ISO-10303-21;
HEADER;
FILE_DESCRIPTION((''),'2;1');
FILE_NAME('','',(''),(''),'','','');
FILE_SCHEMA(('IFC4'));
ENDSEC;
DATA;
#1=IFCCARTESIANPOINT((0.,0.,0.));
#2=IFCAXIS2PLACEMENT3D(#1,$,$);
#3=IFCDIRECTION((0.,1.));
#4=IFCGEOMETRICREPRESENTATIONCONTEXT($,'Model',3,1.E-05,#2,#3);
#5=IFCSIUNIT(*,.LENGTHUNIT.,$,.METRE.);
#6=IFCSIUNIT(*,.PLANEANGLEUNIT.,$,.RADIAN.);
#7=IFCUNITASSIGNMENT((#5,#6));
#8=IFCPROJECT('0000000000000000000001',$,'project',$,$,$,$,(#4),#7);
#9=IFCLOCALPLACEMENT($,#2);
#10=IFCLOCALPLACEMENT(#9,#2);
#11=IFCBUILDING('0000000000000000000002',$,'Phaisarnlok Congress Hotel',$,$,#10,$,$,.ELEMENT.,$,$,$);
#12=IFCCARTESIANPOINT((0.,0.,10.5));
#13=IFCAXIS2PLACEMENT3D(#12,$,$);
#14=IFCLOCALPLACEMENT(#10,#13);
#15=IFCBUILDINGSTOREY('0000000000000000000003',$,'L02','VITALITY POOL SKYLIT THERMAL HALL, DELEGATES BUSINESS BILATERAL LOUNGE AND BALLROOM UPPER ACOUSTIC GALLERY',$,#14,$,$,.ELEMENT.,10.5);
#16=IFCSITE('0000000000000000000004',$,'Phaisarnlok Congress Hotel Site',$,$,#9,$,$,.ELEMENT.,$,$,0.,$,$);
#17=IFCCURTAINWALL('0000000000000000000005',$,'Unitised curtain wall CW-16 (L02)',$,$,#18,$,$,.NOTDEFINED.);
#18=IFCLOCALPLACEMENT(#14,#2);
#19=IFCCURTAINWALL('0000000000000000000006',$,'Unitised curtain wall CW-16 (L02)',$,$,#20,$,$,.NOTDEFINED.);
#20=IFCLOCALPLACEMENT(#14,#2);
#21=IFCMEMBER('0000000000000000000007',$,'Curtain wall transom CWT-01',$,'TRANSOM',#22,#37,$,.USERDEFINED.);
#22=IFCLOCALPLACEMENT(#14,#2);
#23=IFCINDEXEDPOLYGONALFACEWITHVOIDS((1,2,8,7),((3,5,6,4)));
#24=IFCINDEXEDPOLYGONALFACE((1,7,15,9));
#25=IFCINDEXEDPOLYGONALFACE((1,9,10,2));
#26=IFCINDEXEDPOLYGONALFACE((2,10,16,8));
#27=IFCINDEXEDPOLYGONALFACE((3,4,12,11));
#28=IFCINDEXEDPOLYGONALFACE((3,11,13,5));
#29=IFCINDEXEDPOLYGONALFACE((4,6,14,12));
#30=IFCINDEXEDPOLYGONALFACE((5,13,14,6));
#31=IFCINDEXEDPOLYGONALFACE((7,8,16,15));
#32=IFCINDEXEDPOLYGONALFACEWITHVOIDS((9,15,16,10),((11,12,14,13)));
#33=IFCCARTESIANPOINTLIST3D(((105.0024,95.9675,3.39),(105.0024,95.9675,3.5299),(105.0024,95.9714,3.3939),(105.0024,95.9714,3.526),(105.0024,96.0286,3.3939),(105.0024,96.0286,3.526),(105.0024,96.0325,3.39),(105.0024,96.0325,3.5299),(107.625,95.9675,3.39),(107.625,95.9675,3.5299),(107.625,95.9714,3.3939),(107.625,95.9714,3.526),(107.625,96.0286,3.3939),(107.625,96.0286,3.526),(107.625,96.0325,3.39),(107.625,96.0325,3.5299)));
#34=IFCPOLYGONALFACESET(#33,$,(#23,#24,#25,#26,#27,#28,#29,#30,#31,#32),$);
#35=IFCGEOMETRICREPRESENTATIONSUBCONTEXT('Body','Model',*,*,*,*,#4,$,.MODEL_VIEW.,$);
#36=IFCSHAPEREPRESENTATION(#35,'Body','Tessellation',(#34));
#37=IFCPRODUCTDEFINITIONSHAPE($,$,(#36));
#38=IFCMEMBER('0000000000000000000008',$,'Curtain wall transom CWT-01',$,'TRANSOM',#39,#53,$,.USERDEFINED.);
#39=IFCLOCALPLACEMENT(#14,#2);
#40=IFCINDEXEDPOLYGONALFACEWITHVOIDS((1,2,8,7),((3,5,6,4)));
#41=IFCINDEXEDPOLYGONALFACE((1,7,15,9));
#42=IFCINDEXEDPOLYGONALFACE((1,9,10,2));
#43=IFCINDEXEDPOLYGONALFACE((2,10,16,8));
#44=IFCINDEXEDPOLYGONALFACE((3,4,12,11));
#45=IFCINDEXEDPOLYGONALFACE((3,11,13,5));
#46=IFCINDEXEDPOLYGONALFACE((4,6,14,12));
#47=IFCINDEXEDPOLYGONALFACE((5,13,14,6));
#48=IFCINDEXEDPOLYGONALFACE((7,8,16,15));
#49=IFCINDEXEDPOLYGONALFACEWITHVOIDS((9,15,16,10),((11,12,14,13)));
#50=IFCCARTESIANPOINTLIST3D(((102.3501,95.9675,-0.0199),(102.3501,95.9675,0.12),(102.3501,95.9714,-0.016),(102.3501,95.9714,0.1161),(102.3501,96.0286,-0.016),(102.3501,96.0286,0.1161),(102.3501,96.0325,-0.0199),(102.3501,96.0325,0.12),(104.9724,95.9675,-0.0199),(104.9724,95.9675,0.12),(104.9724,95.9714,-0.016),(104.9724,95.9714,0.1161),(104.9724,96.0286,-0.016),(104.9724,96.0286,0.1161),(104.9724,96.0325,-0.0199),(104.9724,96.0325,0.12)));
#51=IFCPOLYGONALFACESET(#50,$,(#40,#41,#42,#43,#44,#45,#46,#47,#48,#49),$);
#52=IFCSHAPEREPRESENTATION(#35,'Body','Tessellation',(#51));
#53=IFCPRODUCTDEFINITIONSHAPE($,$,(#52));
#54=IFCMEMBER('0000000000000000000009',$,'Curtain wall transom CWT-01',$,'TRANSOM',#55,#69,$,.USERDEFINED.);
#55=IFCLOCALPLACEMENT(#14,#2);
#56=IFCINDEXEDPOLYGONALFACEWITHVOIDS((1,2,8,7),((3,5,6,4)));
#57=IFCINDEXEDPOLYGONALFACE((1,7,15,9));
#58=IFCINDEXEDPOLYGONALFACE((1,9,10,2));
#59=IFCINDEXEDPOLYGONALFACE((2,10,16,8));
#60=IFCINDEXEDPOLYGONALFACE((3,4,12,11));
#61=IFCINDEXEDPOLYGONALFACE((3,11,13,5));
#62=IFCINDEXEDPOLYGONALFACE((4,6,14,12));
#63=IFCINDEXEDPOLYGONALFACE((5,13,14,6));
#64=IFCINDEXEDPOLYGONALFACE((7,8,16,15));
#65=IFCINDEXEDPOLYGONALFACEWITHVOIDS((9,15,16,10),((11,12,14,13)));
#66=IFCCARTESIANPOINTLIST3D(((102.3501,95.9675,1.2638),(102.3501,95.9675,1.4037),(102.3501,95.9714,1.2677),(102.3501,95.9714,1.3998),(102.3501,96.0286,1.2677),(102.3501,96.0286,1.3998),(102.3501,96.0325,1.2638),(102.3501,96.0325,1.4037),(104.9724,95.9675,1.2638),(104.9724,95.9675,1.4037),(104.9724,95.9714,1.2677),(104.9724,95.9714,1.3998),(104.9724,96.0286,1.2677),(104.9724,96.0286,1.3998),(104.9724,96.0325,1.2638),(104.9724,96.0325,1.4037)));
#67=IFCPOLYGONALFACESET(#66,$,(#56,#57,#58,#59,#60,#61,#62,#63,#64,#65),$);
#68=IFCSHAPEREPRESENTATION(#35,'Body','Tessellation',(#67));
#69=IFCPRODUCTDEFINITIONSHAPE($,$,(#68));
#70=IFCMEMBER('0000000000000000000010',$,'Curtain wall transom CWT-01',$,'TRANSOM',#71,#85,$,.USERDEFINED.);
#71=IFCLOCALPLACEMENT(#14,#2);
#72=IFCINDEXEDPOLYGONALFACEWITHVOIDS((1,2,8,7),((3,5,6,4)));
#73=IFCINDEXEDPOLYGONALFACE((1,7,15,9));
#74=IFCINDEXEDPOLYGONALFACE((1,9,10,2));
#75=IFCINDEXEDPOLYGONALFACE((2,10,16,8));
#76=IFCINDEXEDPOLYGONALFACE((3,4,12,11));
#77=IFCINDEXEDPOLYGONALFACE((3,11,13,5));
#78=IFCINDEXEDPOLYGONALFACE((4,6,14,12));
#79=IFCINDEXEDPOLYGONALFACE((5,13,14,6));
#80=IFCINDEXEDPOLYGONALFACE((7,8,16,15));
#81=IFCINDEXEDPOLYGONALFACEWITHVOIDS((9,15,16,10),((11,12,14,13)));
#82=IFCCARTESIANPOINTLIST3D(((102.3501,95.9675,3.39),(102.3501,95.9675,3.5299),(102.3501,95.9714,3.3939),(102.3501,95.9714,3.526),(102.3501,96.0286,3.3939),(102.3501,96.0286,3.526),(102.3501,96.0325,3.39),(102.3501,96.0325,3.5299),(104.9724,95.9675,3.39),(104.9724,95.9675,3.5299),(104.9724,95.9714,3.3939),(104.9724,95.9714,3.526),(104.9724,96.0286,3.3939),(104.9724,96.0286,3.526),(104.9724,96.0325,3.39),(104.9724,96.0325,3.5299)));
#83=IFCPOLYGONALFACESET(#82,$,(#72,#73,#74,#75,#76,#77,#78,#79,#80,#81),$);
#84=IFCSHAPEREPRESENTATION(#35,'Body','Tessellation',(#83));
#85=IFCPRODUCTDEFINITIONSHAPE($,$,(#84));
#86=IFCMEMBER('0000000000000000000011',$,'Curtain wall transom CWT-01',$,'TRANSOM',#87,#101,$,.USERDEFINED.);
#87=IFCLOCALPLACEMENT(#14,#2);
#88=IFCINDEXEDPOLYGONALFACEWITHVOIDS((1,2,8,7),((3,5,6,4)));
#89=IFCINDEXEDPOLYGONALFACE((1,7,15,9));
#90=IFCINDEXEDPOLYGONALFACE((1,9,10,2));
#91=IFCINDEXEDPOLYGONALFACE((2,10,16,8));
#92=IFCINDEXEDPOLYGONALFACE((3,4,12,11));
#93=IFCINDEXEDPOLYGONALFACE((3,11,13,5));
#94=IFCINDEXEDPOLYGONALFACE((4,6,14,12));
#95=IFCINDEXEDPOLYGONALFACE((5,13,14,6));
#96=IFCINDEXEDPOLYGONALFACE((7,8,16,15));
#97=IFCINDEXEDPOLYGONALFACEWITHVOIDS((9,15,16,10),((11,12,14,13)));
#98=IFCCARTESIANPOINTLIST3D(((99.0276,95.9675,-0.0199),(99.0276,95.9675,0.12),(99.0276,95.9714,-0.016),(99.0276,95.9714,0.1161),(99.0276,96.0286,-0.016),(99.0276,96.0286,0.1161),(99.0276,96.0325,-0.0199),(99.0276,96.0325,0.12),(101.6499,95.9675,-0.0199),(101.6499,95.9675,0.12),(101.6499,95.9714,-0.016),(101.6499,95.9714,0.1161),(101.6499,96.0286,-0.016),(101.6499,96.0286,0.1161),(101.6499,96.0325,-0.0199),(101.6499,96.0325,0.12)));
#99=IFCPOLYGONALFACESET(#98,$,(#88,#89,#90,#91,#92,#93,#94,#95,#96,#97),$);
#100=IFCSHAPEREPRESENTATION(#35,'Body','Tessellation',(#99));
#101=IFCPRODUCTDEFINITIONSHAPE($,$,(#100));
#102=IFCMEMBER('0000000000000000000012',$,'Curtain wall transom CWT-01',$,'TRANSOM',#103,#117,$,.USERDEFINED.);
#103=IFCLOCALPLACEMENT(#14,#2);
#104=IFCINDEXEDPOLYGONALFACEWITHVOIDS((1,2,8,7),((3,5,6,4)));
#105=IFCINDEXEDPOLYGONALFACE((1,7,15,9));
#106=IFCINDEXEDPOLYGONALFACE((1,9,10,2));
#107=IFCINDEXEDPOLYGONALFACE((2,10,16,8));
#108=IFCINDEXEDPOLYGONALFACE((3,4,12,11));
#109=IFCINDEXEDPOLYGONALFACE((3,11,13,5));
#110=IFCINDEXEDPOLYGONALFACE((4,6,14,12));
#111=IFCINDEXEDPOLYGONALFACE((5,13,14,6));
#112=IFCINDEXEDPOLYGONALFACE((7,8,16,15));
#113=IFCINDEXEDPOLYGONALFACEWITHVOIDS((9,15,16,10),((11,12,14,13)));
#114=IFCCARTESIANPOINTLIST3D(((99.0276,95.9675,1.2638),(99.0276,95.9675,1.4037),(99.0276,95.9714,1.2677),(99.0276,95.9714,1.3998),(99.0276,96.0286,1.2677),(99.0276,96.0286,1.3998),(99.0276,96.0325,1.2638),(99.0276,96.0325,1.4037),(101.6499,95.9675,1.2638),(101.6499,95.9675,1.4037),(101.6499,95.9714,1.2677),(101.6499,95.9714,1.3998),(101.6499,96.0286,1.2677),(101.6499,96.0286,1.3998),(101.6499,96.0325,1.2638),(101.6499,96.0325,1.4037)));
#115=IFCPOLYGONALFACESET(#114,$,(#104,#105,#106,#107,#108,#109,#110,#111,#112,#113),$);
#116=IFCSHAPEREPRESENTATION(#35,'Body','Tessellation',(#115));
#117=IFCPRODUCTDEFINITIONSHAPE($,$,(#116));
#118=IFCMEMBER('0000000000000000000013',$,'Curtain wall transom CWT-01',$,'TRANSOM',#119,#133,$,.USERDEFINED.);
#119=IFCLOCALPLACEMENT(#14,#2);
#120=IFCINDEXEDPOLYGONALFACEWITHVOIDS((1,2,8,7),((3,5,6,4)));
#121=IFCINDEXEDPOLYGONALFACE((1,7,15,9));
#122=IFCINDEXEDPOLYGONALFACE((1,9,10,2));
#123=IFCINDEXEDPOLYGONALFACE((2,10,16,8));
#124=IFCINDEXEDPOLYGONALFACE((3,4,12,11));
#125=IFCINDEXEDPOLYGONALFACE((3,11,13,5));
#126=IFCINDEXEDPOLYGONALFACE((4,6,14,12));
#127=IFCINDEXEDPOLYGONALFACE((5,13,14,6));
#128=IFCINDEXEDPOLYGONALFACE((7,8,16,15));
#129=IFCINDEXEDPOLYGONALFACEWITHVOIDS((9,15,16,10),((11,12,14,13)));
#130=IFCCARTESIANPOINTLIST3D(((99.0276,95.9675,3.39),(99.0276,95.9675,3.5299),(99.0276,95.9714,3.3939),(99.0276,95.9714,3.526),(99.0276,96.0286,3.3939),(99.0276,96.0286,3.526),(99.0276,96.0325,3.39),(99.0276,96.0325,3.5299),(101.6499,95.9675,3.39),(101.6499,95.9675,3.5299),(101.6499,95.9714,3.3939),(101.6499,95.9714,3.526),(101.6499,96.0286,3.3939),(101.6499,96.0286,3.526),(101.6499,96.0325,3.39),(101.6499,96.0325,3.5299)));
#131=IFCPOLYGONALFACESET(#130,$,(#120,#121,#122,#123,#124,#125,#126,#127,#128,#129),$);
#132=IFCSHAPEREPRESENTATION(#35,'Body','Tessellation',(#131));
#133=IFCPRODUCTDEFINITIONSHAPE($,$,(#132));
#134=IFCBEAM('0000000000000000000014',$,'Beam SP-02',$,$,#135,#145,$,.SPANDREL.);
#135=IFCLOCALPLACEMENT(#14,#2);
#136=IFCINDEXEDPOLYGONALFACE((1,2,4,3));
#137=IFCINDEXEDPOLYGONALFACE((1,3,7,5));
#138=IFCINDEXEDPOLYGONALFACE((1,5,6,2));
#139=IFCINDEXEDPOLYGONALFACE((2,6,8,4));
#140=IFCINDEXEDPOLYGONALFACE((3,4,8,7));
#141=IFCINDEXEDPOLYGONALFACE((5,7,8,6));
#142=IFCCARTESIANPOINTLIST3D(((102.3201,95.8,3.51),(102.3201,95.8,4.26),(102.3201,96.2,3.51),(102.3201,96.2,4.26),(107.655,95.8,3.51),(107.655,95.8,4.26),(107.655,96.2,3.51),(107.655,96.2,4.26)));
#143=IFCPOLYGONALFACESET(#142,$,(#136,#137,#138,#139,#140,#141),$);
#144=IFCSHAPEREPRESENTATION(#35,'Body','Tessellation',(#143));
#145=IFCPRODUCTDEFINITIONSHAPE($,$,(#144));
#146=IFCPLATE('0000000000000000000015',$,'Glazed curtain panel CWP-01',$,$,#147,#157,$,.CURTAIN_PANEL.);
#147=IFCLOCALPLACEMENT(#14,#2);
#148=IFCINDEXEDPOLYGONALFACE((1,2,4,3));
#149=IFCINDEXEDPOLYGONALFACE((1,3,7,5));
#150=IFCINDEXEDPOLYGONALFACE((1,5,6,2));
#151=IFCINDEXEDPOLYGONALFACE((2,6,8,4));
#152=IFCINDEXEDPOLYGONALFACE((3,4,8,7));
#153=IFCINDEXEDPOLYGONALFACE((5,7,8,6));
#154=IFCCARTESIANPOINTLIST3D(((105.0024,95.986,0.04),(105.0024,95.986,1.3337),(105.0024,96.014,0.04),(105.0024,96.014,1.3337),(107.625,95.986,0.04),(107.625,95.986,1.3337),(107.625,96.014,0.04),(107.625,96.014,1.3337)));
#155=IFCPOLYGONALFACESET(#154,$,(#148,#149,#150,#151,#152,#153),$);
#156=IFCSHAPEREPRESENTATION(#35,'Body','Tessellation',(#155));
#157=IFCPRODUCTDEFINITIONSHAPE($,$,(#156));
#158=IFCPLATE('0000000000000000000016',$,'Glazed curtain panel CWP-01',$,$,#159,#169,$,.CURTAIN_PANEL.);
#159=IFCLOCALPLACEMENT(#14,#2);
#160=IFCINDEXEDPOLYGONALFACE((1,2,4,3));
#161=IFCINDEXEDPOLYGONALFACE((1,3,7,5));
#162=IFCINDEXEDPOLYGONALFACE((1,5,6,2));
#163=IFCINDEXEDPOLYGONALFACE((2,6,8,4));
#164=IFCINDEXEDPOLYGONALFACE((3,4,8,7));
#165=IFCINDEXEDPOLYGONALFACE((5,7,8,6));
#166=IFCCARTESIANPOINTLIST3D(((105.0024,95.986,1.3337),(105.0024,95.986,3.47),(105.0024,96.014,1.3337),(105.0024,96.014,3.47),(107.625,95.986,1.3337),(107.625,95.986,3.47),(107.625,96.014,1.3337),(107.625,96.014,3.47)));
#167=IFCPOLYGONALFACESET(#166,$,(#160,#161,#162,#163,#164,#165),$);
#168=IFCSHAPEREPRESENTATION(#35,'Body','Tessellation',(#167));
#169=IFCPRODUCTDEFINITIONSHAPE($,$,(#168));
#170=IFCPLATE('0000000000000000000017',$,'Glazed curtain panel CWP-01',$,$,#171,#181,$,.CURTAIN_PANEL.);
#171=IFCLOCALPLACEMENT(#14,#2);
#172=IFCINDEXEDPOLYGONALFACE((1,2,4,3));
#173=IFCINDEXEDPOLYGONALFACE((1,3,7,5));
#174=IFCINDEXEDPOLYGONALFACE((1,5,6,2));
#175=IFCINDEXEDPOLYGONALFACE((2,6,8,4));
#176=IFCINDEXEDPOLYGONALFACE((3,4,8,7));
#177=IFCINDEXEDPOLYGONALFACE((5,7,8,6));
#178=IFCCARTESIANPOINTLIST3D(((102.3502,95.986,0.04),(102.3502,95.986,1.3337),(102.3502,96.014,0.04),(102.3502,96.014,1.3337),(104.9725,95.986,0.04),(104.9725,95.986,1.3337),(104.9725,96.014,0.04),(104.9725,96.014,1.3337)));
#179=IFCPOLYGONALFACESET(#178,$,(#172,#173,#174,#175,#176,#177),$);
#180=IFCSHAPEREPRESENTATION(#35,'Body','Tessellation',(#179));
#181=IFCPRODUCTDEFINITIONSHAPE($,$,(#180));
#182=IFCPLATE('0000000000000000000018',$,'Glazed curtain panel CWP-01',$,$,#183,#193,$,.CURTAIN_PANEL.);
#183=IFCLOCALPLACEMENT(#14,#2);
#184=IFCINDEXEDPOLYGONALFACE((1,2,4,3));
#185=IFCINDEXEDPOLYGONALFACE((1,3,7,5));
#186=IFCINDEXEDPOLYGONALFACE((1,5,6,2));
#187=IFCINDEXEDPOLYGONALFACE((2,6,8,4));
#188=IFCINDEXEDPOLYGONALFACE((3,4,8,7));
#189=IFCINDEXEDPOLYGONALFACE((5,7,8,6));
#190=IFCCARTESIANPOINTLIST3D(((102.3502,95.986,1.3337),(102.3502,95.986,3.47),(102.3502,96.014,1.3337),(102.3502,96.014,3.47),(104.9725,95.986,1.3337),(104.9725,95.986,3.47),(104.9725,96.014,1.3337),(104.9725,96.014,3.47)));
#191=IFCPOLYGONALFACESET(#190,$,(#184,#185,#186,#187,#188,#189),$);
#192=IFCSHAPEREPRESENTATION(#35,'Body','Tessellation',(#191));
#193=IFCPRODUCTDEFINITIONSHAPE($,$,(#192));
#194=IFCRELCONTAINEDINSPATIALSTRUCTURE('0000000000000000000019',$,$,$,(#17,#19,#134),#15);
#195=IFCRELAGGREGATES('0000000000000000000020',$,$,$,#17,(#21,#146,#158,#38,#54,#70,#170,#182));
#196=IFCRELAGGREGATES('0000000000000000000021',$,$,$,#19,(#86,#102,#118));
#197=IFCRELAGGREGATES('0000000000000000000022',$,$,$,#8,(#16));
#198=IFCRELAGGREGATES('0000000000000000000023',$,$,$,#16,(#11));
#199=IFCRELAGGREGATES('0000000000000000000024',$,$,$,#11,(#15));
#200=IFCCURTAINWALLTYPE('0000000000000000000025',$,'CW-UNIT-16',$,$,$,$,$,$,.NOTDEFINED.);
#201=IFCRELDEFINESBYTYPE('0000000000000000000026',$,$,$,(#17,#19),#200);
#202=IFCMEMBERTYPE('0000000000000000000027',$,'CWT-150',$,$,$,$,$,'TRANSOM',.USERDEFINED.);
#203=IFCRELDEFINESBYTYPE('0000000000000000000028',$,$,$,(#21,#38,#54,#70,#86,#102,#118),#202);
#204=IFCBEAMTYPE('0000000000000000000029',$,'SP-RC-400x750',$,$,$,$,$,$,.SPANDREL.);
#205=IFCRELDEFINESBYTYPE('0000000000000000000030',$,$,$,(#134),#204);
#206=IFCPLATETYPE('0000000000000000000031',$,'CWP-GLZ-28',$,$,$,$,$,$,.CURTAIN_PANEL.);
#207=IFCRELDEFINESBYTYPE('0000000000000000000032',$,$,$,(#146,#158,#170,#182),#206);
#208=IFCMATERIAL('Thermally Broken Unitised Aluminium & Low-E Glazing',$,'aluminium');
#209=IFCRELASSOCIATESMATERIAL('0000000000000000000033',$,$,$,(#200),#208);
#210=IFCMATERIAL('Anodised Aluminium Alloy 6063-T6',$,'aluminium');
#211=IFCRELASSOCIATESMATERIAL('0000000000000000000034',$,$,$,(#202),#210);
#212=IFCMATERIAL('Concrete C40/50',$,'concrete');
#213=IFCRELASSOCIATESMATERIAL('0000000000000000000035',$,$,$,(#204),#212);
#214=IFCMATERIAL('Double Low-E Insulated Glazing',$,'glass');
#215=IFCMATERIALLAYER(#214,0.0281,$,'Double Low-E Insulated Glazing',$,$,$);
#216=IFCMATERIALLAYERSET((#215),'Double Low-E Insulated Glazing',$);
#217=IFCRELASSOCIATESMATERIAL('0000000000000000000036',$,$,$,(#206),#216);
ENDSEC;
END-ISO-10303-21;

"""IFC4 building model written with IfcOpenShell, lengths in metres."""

from ifc_helpers import new_model, si_unit, direction, frame, frame_2d, origin, origin_2d, place, context, subcontext, project, spatial, rectangle, hollow_rectangle, extrude, material, layer, layer_set, material_profile, profile_set, type_object, element, aggregate, save


model = new_model("IFC4")

# Units and contexts
model_context = context("Model", 3, precision=1e-05, world=origin(), true_north=direction((0.0, 1.0)))
body_context = subcontext(model_context, "Body", "Model", "MODEL_VIEW")
ifc_project = project(units=[si_unit("LENGTHUNIT", "METRE"), si_unit("PLANEANGLEUNIT", "RADIAN")], contexts=[model_context])

# Site, building, storey
site_placement = place(None, origin())
site = spatial("IfcSite", under=ifc_project, at=site_placement, Name="Phaisarnlok Congress Hotel Site", CompositionType="ELEMENT", RefElevation=0.0)
building_placement = place(site_placement, origin())
building = spatial("IfcBuilding", under=site, at=building_placement, Name="Phaisarnlok Congress Hotel", CompositionType="ELEMENT")
storey_placement = place(building_placement, frame((0.0, 0.0, 10.5)))
storey = spatial("IfcBuildingStorey", under=building, at=storey_placement, Name="L02", Description="VITALITY POOL SKYLIT THERMAL HALL, DELEGATES BUSINESS BILATERAL LOUNGE AND BALLROOM UPPER ACOUSTIC GALLERY", CompositionType="ELEMENT", Elevation=10.5)

# Curtain walls
ifc_material_1 = material(Name="Thermally Broken Unitised Aluminium & Low-E Glazing", Category="aluminium")
curtain_wall_type = type_object("IfcCurtainWallType", Name="CW-UNIT-16", PredefinedType="NOTDEFINED", material=ifc_material_1)
curtain_wall_1_placement = place(storey_placement, origin())
curtain_wall_1 = element("IfcCurtainWall", 1, at=curtain_wall_1_placement, inside=storey, type_object=curtain_wall_type, Name="Unitised curtain wall CW-16 (L02)", PredefinedType="NOTDEFINED")
ifc_material_2 = material(Name="Anodised Aluminium Alloy 6063-T6", Category="aluminium")
curtain_wall_2_placement = place(storey_placement, origin())
curtain_wall_2 = element("IfcCurtainWall", 2, at=curtain_wall_2_placement, inside=storey, type_object=curtain_wall_type, Name="Unitised curtain wall CW-16 (L02)", PredefinedType="NOTDEFINED")

# Members
ifc_material_profile_1 = material_profile(ifc_material_2, hollow_rectangle(XDim=0.0649, YDim=0.1399, WallThickness=0.0039, at=origin_2d()), Name="ALU-T 65x140x4")
ifc_profile_set_1 = profile_set([ifc_material_profile_1], Name="Anodised Aluminium Alloy 6063-T6")
member_type_1 = type_object("IfcMemberType", Name="CWT-150", ElementType="TRANSOM", PredefinedType="USERDEFINED", material=ifc_profile_set_1)
member_1_placement = place(storey_placement, frame((107.625, 96.0, 3.46), z_axis=(-1.0, 0.0, 0.0), x_axis=(0.0, -1.0, 0.0)))
member_1 = element("IfcMember", 3, at=member_1_placement, type_object=member_type_1, Name="Curtain wall transom CWT-01", ObjectType="TRANSOM", PredefinedType="USERDEFINED", context=body_context, shape_type="SweptSolid", body=[
    extrude(hollow_rectangle(XDim=0.0649, YDim=0.1399, WallThickness=0.0039, at=origin_2d()), origin(), (0.0, 0.0, 1.0), 2.6226),
])
member_2_placement = place(storey_placement, frame((104.9724, 96.0, 0.05), z_axis=(-1.0, 0.0, 0.0), x_axis=(0.0, -1.0, 0.0)))
member_2 = element("IfcMember", 4, at=member_2_placement, type_object=member_type_1, Name="Curtain wall transom CWT-01", ObjectType="TRANSOM", PredefinedType="USERDEFINED", context=body_context, shape_type="SweptSolid", body=[
    extrude(hollow_rectangle(XDim=0.0649, YDim=0.1399, WallThickness=0.0039, at=origin_2d()), origin(), (0.0, 0.0, 1.0), 2.6223),
])
member_3_placement = place(storey_placement, frame((104.9724, 96.0, 1.3337), z_axis=(-1.0, 0.0, 0.0), x_axis=(0.0, -1.0, 0.0)))
member_3 = element("IfcMember", 5, at=member_3_placement, type_object=member_type_1, Name="Curtain wall transom CWT-01", ObjectType="TRANSOM", PredefinedType="USERDEFINED", context=body_context, shape_type="SweptSolid", body=[
    extrude(hollow_rectangle(XDim=0.0649, YDim=0.1399, WallThickness=0.0039, at=origin_2d()), origin(), (0.0, 0.0, 1.0), 2.6223),
])
member_4_placement = place(storey_placement, frame((104.9724, 96.0, 3.46), z_axis=(-1.0, 0.0, 0.0), x_axis=(0.0, -1.0, 0.0)))
member_4 = element("IfcMember", 6, at=member_4_placement, type_object=member_type_1, Name="Curtain wall transom CWT-01", ObjectType="TRANSOM", PredefinedType="USERDEFINED", context=body_context, shape_type="SweptSolid", body=[
    extrude(hollow_rectangle(XDim=0.0649, YDim=0.1399, WallThickness=0.0039, at=origin_2d()), origin(), (0.0, 0.0, 1.0), 2.6223),
])
member_5_placement = place(storey_placement, frame((101.6499, 96.0, 0.05), z_axis=(-1.0, 0.0, 0.0), x_axis=(0.0, -1.0, 0.0)))
member_5 = element("IfcMember", 7, at=member_5_placement, type_object=member_type_1, Name="Curtain wall transom CWT-01", ObjectType="TRANSOM", PredefinedType="USERDEFINED", context=body_context, shape_type="SweptSolid", body=[
    extrude(hollow_rectangle(XDim=0.0649, YDim=0.1399, WallThickness=0.0039, at=origin_2d()), origin(), (0.0, 0.0, 1.0), 2.6223),
])
member_6_placement = place(storey_placement, frame((101.6499, 96.0, 1.3337), z_axis=(-1.0, 0.0, 0.0), x_axis=(0.0, -1.0, 0.0)))
member_6 = element("IfcMember", 8, at=member_6_placement, type_object=member_type_1, Name="Curtain wall transom CWT-01", ObjectType="TRANSOM", PredefinedType="USERDEFINED", context=body_context, shape_type="SweptSolid", body=[
    extrude(hollow_rectangle(XDim=0.0649, YDim=0.1399, WallThickness=0.0039, at=origin_2d()), origin(), (0.0, 0.0, 1.0), 2.6223),
])
member_7_placement = place(storey_placement, frame((101.6499, 96.0, 3.46), z_axis=(-1.0, 0.0, 0.0), x_axis=(0.0, -1.0, 0.0)))
member_7 = element("IfcMember", 9, at=member_7_placement, type_object=member_type_1, Name="Curtain wall transom CWT-01", ObjectType="TRANSOM", PredefinedType="USERDEFINED", context=body_context, shape_type="SweptSolid", body=[
    extrude(hollow_rectangle(XDim=0.0649, YDim=0.1399, WallThickness=0.0039, at=origin_2d()), origin(), (0.0, 0.0, 1.0), 2.6223),
])

# Beam
ifc_material_3 = material(Name="Concrete C40/50", Category="concrete")
ifc_material_profile_2 = material_profile(ifc_material_3, rectangle(XDim=0.3999, YDim=0.75, at=origin_2d()), Name="RC 400x750")
ifc_profile_set_2 = profile_set([ifc_material_profile_2], Name="Concrete C40/50")
beam_type = type_object("IfcBeamType", Name="SP-RC-400x750", PredefinedType="SPANDREL", material=ifc_profile_set_2)
beam_placement = place(storey_placement, frame((102.3201, 96.0, 3.885), z_axis=(1.0, 0.0, 0.0), x_axis=(0.0, 1.0, 0.0)))
element("IfcBeam", 10, at=beam_placement, inside=storey, type_object=beam_type, Name="Beam SP-02", PredefinedType="SPANDREL", context=body_context, shape_type="SweptSolid", body=[
    extrude(rectangle(XDim=0.3999, YDim=0.75, at=origin_2d()), origin(), (0.0, 0.0, 1.0), 5.335),
])

# Plates
ifc_material_4 = material(Name="Double Low-E Insulated Glazing", Category="glass")
ifc_layer = layer(ifc_material_4, 0.0281, Name="Double Low-E Insulated Glazing")
ifc_layer_set = layer_set([ifc_layer], Name="Double Low-E Insulated Glazing")
plate_type = type_object("IfcPlateType", Name="CWP-GLZ-28", PredefinedType="CURTAIN_PANEL", material=ifc_layer_set)
plate_1_placement = place(storey_placement, frame((107.625, 96.0, 0.04), z_axis=(0.0, 0.0, 1.0), x_axis=(-1.0, 0.0, 0.0)))
plate_1 = element("IfcPlate", 11, at=plate_1_placement, type_object=plate_type, Name="Glazed curtain panel CWP-01", PredefinedType="CURTAIN_PANEL", context=body_context, shape_type="SweptSolid", body=[
    extrude(rectangle(XDim=2.6226, YDim=0.0281, at=frame_2d((1.3113, 0.0))), origin(), (0.0, 0.0, 1.0), 1.2937),
])
plate_2_placement = place(storey_placement, frame((107.625, 96.0, 1.3337), z_axis=(0.0, 0.0, 1.0), x_axis=(-1.0, 0.0, 0.0)))
plate_2 = element("IfcPlate", 12, at=plate_2_placement, type_object=plate_type, Name="Glazed curtain panel CWP-01", PredefinedType="CURTAIN_PANEL", context=body_context, shape_type="SweptSolid", body=[
    extrude(rectangle(XDim=2.6226, YDim=0.0281, at=frame_2d((1.3113, 0.0))), origin(), (0.0, 0.0, 1.0), 2.1362),
])
plate_3_placement = place(storey_placement, frame((104.9724, 96.0, 0.04), z_axis=(0.0, 0.0, 1.0), x_axis=(-1.0, 0.0, 0.0)))
plate_3 = element("IfcPlate", 13, at=plate_3_placement, type_object=plate_type, Name="Glazed curtain panel CWP-01", PredefinedType="CURTAIN_PANEL", context=body_context, shape_type="SweptSolid", body=[
    extrude(rectangle(XDim=2.6223, YDim=0.0281, at=frame_2d((1.311, 0.0))), origin(), (0.0, 0.0, 1.0), 1.2937),
])
plate_4_placement = place(storey_placement, frame((104.9724, 96.0, 1.3337), z_axis=(0.0, 0.0, 1.0), x_axis=(-1.0, 0.0, 0.0)))
plate_4 = element("IfcPlate", 14, at=plate_4_placement, type_object=plate_type, Name="Glazed curtain panel CWP-01", PredefinedType="CURTAIN_PANEL", context=body_context, shape_type="SweptSolid", body=[
    extrude(rectangle(XDim=2.6223, YDim=0.0281, at=frame_2d((1.311, 0.0))), origin(), (0.0, 0.0, 1.0), 2.1362),
])
aggregate(curtain_wall_1, [member_1, plate_1, plate_2, member_2, member_3, member_4, plate_3, plate_4])
aggregate(curtain_wall_2, [member_5, member_6, member_7])

save(model, "model.ifc")
